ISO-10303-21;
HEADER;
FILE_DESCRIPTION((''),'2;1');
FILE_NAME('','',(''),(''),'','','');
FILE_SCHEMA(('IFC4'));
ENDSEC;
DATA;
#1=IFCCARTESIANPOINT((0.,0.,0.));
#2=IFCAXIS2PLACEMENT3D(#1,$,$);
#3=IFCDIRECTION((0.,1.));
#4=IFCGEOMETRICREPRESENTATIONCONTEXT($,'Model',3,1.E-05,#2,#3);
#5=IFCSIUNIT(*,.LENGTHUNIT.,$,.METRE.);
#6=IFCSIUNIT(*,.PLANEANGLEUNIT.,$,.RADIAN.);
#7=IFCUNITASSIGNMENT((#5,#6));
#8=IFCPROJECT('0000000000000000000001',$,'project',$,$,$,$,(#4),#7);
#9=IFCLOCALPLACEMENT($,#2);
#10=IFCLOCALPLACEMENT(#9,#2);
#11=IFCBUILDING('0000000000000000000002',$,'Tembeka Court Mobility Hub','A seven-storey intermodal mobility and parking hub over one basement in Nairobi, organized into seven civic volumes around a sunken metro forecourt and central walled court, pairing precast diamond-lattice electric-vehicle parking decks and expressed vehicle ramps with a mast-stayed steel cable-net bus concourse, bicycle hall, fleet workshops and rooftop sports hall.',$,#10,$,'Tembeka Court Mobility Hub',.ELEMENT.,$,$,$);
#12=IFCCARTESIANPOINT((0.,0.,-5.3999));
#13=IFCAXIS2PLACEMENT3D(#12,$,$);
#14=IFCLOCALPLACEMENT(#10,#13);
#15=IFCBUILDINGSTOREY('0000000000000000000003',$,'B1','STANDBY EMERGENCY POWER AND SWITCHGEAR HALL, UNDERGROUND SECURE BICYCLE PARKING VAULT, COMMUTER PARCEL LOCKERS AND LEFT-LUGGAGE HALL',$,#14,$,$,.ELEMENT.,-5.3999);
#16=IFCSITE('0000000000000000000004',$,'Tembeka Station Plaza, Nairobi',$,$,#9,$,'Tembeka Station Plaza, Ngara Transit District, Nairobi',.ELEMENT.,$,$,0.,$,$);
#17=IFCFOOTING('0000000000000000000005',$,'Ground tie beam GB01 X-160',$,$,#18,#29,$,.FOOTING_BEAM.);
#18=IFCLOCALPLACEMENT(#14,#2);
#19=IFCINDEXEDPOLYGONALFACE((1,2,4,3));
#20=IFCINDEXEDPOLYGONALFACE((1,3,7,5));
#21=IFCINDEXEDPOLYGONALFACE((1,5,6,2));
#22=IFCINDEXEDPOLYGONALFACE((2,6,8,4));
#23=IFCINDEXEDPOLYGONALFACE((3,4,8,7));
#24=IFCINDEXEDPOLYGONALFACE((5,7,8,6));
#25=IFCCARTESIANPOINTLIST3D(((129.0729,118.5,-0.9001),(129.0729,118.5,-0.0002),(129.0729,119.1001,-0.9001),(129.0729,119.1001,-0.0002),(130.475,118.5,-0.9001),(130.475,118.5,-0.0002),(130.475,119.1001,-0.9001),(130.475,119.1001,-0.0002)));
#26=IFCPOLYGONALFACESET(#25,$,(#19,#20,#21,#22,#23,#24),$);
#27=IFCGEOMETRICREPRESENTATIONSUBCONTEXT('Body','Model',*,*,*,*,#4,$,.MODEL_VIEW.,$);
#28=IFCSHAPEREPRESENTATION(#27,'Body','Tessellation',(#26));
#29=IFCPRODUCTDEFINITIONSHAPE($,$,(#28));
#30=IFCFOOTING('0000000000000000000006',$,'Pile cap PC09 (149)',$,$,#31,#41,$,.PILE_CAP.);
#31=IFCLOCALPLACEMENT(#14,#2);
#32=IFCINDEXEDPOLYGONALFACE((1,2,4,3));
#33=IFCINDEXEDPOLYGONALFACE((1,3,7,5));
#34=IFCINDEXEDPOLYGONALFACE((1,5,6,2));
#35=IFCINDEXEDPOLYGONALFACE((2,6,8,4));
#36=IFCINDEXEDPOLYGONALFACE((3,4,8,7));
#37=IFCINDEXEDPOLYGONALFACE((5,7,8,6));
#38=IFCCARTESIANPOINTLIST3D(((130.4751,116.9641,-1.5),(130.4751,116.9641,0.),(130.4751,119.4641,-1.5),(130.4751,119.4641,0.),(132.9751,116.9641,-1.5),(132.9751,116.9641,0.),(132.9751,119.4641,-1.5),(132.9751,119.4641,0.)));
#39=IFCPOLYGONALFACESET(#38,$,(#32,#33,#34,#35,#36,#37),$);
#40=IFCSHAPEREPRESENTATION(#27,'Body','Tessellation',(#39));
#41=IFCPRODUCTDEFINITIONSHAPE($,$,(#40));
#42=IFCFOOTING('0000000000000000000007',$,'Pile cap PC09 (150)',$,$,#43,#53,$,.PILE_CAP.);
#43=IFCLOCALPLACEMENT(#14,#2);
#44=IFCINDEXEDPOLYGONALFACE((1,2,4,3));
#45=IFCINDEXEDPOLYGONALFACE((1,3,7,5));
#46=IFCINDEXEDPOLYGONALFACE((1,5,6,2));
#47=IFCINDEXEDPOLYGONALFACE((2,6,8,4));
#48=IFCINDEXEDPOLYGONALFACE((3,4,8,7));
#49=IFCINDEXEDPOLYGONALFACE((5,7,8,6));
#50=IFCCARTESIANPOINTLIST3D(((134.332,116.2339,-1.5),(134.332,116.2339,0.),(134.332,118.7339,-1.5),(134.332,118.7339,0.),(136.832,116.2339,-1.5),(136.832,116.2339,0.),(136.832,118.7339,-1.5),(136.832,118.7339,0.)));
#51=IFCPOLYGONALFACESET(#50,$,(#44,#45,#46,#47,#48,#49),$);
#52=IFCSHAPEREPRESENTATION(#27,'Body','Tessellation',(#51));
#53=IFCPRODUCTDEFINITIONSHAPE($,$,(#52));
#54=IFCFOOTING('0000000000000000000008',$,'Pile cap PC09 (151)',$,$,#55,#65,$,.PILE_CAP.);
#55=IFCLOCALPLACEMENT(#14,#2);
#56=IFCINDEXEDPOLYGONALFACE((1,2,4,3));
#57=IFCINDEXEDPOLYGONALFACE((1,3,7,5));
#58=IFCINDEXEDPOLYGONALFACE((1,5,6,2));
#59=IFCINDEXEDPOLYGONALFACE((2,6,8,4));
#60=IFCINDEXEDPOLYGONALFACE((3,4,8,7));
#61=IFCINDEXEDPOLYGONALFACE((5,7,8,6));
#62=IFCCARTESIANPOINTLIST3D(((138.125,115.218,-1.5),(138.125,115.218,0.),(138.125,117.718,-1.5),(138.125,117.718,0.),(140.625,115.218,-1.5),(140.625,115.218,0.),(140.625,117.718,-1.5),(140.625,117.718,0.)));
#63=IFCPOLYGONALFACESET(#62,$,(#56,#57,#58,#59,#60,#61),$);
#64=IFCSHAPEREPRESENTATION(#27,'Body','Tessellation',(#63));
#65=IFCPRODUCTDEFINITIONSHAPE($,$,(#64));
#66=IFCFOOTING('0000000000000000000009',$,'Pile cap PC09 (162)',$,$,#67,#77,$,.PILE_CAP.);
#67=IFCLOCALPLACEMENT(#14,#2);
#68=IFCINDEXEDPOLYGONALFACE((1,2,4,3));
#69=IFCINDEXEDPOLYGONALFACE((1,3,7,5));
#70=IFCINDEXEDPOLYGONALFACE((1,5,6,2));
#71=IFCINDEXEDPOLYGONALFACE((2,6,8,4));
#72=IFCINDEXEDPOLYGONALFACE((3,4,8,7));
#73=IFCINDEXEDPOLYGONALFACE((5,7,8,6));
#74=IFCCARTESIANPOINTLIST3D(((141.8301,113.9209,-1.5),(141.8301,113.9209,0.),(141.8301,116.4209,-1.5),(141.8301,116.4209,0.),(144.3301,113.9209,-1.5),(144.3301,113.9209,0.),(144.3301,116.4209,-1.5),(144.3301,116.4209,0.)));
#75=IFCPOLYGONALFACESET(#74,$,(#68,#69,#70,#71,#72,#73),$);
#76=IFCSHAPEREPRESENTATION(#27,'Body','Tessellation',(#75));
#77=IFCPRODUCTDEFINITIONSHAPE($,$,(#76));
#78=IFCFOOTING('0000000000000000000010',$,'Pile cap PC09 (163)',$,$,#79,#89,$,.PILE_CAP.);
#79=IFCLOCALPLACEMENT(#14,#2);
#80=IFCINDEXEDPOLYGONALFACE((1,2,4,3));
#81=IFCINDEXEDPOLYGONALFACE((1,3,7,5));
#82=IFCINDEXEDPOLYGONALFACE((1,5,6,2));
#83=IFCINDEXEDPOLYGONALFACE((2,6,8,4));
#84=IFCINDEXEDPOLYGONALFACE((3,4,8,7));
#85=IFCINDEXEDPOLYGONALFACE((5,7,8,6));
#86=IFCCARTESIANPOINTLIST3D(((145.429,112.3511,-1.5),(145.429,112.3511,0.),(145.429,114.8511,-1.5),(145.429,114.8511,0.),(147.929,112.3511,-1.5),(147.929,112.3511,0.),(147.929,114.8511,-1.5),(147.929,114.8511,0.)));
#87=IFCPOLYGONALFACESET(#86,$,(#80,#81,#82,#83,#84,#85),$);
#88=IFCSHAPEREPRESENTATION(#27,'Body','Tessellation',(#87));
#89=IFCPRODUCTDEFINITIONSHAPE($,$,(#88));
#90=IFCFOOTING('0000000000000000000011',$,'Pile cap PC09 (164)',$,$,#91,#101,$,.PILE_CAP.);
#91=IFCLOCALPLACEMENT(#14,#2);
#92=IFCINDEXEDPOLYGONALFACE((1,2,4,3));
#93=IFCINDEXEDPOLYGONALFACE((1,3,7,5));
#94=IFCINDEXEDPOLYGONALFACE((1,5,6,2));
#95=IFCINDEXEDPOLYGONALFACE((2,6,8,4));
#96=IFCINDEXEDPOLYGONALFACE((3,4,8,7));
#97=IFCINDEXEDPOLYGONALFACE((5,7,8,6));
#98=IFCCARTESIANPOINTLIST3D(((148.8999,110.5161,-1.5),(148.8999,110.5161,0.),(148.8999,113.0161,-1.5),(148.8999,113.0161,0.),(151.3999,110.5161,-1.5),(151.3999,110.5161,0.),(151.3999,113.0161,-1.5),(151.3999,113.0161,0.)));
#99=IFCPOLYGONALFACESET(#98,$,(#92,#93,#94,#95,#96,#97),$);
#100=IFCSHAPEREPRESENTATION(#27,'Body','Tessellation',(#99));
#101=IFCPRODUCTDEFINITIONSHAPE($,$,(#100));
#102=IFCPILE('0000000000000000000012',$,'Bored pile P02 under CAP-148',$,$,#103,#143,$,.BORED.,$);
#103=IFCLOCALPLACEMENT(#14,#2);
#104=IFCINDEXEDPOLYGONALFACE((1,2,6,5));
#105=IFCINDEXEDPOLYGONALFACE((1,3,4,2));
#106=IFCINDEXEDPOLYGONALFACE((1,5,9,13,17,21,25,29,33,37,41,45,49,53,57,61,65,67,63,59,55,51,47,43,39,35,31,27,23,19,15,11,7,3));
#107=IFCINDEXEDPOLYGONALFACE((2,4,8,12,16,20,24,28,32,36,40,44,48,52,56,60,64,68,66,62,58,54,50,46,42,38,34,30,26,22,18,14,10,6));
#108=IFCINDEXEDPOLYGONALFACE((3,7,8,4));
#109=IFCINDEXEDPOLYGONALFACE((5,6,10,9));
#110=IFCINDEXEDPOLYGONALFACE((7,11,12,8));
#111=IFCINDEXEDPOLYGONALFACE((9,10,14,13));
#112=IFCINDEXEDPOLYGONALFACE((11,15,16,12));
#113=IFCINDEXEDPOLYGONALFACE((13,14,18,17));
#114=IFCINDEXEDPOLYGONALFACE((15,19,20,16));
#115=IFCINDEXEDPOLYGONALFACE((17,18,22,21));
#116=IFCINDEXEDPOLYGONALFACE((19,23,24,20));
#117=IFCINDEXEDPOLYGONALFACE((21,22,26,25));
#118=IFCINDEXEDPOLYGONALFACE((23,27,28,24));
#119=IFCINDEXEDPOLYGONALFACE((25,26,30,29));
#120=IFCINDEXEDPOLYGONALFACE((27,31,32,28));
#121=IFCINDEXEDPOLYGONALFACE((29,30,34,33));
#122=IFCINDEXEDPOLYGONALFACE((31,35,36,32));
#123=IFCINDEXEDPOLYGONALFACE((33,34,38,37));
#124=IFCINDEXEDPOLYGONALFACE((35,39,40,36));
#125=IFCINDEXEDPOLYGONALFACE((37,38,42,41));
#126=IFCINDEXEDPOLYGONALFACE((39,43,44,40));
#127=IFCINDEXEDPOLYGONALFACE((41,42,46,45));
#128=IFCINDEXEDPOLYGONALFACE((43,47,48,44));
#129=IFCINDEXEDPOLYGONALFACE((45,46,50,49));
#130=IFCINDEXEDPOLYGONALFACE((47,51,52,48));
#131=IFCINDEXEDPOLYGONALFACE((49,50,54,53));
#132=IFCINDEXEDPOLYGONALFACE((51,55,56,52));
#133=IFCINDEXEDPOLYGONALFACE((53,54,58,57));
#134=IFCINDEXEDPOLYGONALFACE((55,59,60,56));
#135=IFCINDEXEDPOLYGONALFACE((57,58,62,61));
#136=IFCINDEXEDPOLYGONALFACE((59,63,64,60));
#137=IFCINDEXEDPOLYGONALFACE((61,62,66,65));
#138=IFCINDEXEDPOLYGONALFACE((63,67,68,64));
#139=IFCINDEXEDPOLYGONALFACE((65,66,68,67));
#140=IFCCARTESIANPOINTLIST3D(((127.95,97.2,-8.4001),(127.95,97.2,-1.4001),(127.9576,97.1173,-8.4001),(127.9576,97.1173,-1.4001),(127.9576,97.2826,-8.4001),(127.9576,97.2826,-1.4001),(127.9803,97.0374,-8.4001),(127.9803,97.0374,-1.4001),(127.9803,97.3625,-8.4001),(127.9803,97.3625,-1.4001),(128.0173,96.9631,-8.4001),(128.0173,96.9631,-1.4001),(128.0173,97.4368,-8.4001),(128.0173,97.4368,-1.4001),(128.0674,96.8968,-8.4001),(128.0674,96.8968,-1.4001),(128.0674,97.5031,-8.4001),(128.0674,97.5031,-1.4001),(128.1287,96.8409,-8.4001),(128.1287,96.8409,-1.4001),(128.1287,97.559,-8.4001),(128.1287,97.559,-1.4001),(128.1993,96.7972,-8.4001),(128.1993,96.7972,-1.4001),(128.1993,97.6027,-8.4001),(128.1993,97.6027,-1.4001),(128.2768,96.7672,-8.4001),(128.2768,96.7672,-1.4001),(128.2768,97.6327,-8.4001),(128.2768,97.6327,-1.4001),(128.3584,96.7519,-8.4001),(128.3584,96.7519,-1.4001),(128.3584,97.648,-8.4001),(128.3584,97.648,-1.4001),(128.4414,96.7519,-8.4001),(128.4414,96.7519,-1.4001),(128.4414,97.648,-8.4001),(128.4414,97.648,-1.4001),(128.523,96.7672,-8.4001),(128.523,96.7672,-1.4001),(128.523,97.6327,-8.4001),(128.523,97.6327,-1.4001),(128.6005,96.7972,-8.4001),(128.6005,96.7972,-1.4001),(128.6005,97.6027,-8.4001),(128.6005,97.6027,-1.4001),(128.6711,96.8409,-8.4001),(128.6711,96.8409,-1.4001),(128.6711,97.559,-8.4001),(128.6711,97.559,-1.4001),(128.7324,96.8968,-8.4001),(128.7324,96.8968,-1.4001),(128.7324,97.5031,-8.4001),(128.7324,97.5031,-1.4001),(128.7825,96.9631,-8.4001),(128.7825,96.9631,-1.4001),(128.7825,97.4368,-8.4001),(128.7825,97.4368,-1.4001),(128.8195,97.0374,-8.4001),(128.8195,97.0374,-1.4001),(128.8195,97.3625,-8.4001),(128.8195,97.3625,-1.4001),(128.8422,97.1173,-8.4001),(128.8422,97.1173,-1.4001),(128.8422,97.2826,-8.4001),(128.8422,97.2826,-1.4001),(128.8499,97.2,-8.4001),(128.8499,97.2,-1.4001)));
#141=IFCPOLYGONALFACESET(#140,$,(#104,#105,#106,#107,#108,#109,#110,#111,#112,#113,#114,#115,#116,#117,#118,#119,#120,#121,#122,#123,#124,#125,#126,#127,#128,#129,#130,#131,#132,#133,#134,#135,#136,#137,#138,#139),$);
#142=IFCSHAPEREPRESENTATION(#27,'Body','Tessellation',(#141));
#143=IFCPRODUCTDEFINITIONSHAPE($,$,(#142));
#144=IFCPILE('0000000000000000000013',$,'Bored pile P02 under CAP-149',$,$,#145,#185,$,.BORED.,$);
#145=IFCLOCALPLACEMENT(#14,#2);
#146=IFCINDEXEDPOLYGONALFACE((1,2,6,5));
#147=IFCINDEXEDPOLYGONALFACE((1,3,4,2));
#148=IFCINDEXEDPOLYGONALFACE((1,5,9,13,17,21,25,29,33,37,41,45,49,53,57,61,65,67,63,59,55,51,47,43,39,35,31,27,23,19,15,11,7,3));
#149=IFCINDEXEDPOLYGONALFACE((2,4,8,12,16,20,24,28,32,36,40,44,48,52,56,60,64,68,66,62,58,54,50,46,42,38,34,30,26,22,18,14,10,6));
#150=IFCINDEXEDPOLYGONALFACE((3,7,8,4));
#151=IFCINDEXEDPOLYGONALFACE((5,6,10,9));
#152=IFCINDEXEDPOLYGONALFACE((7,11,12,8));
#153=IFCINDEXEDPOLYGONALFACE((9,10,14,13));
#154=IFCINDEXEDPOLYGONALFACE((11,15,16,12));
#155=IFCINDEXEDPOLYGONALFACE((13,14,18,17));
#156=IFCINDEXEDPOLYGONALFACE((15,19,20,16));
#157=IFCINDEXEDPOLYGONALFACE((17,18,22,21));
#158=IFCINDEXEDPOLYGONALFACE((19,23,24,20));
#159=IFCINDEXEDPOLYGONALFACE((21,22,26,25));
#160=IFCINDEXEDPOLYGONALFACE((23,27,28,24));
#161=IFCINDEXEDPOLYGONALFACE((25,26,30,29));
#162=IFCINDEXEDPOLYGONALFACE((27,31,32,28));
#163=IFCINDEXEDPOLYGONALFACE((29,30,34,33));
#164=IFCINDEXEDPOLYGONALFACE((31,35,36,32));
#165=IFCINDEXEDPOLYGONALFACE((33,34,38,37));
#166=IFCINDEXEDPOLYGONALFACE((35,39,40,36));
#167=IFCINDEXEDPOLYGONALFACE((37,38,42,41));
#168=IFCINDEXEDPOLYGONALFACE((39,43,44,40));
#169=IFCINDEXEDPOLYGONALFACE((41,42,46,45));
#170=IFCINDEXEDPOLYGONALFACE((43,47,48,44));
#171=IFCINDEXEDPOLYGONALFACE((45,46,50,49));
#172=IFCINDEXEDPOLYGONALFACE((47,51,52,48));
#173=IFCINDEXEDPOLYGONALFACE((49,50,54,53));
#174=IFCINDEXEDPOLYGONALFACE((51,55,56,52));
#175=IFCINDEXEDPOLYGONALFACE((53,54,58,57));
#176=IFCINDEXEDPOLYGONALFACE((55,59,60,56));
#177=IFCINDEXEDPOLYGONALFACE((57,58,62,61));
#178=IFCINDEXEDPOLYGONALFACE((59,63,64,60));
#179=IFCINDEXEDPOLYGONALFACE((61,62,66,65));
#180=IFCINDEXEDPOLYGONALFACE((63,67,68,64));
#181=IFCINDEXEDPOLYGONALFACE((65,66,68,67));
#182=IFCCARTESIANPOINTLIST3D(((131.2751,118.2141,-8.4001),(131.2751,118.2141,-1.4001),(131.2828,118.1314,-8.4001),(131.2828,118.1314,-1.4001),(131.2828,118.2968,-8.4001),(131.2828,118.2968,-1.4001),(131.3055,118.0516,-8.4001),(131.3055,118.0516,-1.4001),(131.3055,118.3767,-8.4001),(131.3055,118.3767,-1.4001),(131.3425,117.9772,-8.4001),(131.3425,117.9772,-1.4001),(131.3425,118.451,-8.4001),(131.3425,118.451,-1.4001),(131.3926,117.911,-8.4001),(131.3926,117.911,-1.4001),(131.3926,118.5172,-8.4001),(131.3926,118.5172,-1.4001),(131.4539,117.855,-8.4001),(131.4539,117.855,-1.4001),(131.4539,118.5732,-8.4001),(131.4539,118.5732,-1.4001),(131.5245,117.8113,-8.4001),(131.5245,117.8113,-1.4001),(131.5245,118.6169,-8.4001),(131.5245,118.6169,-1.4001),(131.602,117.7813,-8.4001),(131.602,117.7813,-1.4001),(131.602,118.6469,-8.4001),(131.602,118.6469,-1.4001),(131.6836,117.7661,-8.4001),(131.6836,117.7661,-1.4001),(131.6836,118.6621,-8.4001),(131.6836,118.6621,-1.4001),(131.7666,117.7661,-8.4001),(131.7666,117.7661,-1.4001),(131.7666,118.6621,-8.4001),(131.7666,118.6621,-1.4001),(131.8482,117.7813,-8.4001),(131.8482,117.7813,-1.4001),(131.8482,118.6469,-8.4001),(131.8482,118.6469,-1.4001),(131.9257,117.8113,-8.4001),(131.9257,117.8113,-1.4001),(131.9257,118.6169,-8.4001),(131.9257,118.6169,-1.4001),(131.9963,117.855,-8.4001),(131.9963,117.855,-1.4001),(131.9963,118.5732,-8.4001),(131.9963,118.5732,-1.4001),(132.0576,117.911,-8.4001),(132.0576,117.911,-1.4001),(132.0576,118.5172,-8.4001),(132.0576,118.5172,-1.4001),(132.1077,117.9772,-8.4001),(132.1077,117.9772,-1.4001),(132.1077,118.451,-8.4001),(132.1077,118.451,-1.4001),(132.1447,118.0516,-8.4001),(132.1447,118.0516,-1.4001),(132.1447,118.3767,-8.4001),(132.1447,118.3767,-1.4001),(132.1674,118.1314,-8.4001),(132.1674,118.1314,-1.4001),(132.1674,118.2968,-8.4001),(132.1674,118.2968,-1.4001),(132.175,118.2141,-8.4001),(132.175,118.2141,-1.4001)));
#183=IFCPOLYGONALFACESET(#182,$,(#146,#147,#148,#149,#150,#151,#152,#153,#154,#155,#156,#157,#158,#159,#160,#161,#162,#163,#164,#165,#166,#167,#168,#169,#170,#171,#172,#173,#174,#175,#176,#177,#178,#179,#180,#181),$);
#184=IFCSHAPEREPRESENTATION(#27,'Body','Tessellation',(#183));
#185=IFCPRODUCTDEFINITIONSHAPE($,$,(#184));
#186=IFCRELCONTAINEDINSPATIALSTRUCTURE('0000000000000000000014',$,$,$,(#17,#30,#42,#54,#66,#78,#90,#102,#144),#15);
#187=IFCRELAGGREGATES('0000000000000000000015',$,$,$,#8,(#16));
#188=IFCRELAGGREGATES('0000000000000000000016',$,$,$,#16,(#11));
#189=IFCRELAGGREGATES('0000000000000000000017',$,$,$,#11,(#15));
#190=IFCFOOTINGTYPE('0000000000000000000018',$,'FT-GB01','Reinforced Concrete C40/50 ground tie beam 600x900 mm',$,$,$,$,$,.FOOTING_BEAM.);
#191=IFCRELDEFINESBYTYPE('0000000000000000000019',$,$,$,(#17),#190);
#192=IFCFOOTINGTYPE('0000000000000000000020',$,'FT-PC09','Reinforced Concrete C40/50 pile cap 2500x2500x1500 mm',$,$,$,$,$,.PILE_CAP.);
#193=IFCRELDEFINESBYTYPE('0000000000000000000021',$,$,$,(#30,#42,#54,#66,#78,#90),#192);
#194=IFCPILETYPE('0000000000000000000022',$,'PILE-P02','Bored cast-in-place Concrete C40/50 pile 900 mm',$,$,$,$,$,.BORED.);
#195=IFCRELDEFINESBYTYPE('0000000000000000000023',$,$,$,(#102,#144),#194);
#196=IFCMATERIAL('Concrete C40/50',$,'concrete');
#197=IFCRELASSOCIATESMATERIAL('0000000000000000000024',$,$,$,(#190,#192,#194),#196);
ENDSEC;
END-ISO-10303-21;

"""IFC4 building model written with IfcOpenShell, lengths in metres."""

from ifc_helpers import new_model, si_unit, direction, frame, origin, origin_2d, place, context, subcontext, project, spatial, rectangle, circle, extrude, material, material_profile, profile_set, type_object, element, save


model = new_model("IFC4")

# Units and contexts
model_context = context("Model", 3, precision=1e-05, world=origin(), true_north=direction((0.0, 1.0)))
body_context = subcontext(model_context, "Body", "Model", "MODEL_VIEW")
ifc_project = project(units=[si_unit("LENGTHUNIT", "METRE"), si_unit("PLANEANGLEUNIT", "RADIAN")], contexts=[model_context])

# Site, building, storey
site_placement = place(None, origin())
site = spatial("IfcSite", under=ifc_project, at=site_placement, Name="Tembeka Station Plaza, Nairobi", LongName="Tembeka Station Plaza, Ngara Transit District, Nairobi", CompositionType="ELEMENT", RefElevation=0.0)
building_placement = place(site_placement, origin())
building = spatial("IfcBuilding", under=site, at=building_placement, Name="Tembeka Court Mobility Hub", Description="A seven-storey intermodal mobility and parking hub over one basement in Nairobi, organized into seven civic volumes around a sunken metro forecourt and central walled court, pairing precast diamond-lattice electric-vehicle parking decks and expressed vehicle ramps with a mast-stayed steel cable-net bus concourse, bicycle hall, fleet workshops and rooftop sports hall.", LongName="Tembeka Court Mobility Hub", CompositionType="ELEMENT")
storey_placement = place(building_placement, frame((0.0, 0.0, -5.3999)))
storey = spatial("IfcBuildingStorey", under=building, at=storey_placement, Name="B1", Description="STANDBY EMERGENCY POWER AND SWITCHGEAR HALL, UNDERGROUND SECURE BICYCLE PARKING VAULT, COMMUTER PARCEL LOCKERS AND LEFT-LUGGAGE HALL", CompositionType="ELEMENT", Elevation=-5.3999)

# Footings
ifc_material_1 = material(Name="Concrete C40/50", Category="concrete")
footing_type_1 = type_object("IfcFootingType", Name="FT-GB01", Description="Reinforced Concrete C40/50 ground tie beam 600x900 mm", PredefinedType="FOOTING_BEAM", material=ifc_material_1)
footing_placement = place(storey_placement, frame((129.7739, 118.8, -0.9001), z_axis=(0.0, 0.0, 1.0), x_axis=(1.0, 0.0, 0.0)))
element("IfcFooting", 1, at=footing_placement, inside=storey, type_object=footing_type_1, Name="Ground tie beam GB01 X-160", PredefinedType="FOOTING_BEAM", context=body_context, shape_type="SweptSolid", body=[
    extrude(rectangle(XDim=1.4021, YDim=0.6001, at=origin_2d()), origin(), (0.0, 0.0, 1.0), 0.8999),
])
footing_type_2 = type_object("IfcFootingType", Name="FT-PC09", Description="Reinforced Concrete C40/50 pile cap 2500x2500x1500 mm", PredefinedType="PILE_CAP", material=ifc_material_1)
for number, where, z_axis, x_axis, name in (
    (2, (131.7251, 118.2141, -1.5), (0.0, 0.0, 1.0), (1.0, 0.0, 0.0), "Pile cap PC09 (149)"),
    (3, (135.582, 117.4839, -1.5), (0.0, 0.0, 1.0), (1.0, 0.0, 0.0), "Pile cap PC09 (150)"),
    (4, (139.375, 116.468, -1.5), (0.0, 0.0, 1.0), (1.0, 0.0, 0.0), "Pile cap PC09 (151)"),
    (5, (143.0801, 115.1709, -1.5), (0.0, 0.0, 1.0), (1.0, 0.0, 0.0), "Pile cap PC09 (162)"),
    (6, (146.679, 113.6011, -1.5), (0.0, 0.0, 1.0), (1.0, 0.0, 0.0), "Pile cap PC09 (163)"),
    (7, (150.1499, 111.7661, -1.5), (0.0, 0.0, 1.0), (1.0, 0.0, 0.0), "Pile cap PC09 (164)"),
):
    element("IfcFooting", number, at=place(storey_placement, frame(where, z_axis=z_axis, x_axis=x_axis)), inside=storey, type_object=footing_type_2, Name=name, PredefinedType="PILE_CAP", context=body_context, shape_type="SweptSolid", body=[
        extrude(rectangle(XDim=2.5, YDim=2.5, at=origin_2d()), origin(), (0.0, 0.0, 1.0), 1.5),
    ])

# Piles
ifc_material_profile_1 = material_profile(ifc_material_1, circle(Radius=0.45, at=origin_2d()), Name="PILE D900")
ifc_profile_set_1 = profile_set([ifc_material_profile_1], Name="Concrete C40/50")
pile_type = type_object("IfcPileType", Name="PILE-P02", Description="Bored cast-in-place Concrete C40/50 pile 900 mm", PredefinedType="BORED", material=ifc_profile_set_1)
for number, where, z_axis, x_axis, name in (
    (8, (128.3999, 97.2, -1.4001), (0.0, 0.0, -1.0), (1.0, 0.0, 0.0), "Bored pile P02 under CAP-148"),
    (9, (131.7251, 118.2141, -1.4001), (0.0, 0.0, -1.0), (1.0, 0.0, 0.0), "Bored pile P02 under CAP-149"),
):
    element("IfcPile", number, at=place(storey_placement, frame(where, z_axis=z_axis, x_axis=x_axis)), inside=storey, type_object=pile_type, Name=name, PredefinedType="BORED", context=body_context, shape_type="SweptSolid", body=[
        extrude(circle(Radius=0.45, at=origin_2d()), origin(), (0.0, 0.0, 1.0), 7.0),
    ])

save(model, "model.ifc")
